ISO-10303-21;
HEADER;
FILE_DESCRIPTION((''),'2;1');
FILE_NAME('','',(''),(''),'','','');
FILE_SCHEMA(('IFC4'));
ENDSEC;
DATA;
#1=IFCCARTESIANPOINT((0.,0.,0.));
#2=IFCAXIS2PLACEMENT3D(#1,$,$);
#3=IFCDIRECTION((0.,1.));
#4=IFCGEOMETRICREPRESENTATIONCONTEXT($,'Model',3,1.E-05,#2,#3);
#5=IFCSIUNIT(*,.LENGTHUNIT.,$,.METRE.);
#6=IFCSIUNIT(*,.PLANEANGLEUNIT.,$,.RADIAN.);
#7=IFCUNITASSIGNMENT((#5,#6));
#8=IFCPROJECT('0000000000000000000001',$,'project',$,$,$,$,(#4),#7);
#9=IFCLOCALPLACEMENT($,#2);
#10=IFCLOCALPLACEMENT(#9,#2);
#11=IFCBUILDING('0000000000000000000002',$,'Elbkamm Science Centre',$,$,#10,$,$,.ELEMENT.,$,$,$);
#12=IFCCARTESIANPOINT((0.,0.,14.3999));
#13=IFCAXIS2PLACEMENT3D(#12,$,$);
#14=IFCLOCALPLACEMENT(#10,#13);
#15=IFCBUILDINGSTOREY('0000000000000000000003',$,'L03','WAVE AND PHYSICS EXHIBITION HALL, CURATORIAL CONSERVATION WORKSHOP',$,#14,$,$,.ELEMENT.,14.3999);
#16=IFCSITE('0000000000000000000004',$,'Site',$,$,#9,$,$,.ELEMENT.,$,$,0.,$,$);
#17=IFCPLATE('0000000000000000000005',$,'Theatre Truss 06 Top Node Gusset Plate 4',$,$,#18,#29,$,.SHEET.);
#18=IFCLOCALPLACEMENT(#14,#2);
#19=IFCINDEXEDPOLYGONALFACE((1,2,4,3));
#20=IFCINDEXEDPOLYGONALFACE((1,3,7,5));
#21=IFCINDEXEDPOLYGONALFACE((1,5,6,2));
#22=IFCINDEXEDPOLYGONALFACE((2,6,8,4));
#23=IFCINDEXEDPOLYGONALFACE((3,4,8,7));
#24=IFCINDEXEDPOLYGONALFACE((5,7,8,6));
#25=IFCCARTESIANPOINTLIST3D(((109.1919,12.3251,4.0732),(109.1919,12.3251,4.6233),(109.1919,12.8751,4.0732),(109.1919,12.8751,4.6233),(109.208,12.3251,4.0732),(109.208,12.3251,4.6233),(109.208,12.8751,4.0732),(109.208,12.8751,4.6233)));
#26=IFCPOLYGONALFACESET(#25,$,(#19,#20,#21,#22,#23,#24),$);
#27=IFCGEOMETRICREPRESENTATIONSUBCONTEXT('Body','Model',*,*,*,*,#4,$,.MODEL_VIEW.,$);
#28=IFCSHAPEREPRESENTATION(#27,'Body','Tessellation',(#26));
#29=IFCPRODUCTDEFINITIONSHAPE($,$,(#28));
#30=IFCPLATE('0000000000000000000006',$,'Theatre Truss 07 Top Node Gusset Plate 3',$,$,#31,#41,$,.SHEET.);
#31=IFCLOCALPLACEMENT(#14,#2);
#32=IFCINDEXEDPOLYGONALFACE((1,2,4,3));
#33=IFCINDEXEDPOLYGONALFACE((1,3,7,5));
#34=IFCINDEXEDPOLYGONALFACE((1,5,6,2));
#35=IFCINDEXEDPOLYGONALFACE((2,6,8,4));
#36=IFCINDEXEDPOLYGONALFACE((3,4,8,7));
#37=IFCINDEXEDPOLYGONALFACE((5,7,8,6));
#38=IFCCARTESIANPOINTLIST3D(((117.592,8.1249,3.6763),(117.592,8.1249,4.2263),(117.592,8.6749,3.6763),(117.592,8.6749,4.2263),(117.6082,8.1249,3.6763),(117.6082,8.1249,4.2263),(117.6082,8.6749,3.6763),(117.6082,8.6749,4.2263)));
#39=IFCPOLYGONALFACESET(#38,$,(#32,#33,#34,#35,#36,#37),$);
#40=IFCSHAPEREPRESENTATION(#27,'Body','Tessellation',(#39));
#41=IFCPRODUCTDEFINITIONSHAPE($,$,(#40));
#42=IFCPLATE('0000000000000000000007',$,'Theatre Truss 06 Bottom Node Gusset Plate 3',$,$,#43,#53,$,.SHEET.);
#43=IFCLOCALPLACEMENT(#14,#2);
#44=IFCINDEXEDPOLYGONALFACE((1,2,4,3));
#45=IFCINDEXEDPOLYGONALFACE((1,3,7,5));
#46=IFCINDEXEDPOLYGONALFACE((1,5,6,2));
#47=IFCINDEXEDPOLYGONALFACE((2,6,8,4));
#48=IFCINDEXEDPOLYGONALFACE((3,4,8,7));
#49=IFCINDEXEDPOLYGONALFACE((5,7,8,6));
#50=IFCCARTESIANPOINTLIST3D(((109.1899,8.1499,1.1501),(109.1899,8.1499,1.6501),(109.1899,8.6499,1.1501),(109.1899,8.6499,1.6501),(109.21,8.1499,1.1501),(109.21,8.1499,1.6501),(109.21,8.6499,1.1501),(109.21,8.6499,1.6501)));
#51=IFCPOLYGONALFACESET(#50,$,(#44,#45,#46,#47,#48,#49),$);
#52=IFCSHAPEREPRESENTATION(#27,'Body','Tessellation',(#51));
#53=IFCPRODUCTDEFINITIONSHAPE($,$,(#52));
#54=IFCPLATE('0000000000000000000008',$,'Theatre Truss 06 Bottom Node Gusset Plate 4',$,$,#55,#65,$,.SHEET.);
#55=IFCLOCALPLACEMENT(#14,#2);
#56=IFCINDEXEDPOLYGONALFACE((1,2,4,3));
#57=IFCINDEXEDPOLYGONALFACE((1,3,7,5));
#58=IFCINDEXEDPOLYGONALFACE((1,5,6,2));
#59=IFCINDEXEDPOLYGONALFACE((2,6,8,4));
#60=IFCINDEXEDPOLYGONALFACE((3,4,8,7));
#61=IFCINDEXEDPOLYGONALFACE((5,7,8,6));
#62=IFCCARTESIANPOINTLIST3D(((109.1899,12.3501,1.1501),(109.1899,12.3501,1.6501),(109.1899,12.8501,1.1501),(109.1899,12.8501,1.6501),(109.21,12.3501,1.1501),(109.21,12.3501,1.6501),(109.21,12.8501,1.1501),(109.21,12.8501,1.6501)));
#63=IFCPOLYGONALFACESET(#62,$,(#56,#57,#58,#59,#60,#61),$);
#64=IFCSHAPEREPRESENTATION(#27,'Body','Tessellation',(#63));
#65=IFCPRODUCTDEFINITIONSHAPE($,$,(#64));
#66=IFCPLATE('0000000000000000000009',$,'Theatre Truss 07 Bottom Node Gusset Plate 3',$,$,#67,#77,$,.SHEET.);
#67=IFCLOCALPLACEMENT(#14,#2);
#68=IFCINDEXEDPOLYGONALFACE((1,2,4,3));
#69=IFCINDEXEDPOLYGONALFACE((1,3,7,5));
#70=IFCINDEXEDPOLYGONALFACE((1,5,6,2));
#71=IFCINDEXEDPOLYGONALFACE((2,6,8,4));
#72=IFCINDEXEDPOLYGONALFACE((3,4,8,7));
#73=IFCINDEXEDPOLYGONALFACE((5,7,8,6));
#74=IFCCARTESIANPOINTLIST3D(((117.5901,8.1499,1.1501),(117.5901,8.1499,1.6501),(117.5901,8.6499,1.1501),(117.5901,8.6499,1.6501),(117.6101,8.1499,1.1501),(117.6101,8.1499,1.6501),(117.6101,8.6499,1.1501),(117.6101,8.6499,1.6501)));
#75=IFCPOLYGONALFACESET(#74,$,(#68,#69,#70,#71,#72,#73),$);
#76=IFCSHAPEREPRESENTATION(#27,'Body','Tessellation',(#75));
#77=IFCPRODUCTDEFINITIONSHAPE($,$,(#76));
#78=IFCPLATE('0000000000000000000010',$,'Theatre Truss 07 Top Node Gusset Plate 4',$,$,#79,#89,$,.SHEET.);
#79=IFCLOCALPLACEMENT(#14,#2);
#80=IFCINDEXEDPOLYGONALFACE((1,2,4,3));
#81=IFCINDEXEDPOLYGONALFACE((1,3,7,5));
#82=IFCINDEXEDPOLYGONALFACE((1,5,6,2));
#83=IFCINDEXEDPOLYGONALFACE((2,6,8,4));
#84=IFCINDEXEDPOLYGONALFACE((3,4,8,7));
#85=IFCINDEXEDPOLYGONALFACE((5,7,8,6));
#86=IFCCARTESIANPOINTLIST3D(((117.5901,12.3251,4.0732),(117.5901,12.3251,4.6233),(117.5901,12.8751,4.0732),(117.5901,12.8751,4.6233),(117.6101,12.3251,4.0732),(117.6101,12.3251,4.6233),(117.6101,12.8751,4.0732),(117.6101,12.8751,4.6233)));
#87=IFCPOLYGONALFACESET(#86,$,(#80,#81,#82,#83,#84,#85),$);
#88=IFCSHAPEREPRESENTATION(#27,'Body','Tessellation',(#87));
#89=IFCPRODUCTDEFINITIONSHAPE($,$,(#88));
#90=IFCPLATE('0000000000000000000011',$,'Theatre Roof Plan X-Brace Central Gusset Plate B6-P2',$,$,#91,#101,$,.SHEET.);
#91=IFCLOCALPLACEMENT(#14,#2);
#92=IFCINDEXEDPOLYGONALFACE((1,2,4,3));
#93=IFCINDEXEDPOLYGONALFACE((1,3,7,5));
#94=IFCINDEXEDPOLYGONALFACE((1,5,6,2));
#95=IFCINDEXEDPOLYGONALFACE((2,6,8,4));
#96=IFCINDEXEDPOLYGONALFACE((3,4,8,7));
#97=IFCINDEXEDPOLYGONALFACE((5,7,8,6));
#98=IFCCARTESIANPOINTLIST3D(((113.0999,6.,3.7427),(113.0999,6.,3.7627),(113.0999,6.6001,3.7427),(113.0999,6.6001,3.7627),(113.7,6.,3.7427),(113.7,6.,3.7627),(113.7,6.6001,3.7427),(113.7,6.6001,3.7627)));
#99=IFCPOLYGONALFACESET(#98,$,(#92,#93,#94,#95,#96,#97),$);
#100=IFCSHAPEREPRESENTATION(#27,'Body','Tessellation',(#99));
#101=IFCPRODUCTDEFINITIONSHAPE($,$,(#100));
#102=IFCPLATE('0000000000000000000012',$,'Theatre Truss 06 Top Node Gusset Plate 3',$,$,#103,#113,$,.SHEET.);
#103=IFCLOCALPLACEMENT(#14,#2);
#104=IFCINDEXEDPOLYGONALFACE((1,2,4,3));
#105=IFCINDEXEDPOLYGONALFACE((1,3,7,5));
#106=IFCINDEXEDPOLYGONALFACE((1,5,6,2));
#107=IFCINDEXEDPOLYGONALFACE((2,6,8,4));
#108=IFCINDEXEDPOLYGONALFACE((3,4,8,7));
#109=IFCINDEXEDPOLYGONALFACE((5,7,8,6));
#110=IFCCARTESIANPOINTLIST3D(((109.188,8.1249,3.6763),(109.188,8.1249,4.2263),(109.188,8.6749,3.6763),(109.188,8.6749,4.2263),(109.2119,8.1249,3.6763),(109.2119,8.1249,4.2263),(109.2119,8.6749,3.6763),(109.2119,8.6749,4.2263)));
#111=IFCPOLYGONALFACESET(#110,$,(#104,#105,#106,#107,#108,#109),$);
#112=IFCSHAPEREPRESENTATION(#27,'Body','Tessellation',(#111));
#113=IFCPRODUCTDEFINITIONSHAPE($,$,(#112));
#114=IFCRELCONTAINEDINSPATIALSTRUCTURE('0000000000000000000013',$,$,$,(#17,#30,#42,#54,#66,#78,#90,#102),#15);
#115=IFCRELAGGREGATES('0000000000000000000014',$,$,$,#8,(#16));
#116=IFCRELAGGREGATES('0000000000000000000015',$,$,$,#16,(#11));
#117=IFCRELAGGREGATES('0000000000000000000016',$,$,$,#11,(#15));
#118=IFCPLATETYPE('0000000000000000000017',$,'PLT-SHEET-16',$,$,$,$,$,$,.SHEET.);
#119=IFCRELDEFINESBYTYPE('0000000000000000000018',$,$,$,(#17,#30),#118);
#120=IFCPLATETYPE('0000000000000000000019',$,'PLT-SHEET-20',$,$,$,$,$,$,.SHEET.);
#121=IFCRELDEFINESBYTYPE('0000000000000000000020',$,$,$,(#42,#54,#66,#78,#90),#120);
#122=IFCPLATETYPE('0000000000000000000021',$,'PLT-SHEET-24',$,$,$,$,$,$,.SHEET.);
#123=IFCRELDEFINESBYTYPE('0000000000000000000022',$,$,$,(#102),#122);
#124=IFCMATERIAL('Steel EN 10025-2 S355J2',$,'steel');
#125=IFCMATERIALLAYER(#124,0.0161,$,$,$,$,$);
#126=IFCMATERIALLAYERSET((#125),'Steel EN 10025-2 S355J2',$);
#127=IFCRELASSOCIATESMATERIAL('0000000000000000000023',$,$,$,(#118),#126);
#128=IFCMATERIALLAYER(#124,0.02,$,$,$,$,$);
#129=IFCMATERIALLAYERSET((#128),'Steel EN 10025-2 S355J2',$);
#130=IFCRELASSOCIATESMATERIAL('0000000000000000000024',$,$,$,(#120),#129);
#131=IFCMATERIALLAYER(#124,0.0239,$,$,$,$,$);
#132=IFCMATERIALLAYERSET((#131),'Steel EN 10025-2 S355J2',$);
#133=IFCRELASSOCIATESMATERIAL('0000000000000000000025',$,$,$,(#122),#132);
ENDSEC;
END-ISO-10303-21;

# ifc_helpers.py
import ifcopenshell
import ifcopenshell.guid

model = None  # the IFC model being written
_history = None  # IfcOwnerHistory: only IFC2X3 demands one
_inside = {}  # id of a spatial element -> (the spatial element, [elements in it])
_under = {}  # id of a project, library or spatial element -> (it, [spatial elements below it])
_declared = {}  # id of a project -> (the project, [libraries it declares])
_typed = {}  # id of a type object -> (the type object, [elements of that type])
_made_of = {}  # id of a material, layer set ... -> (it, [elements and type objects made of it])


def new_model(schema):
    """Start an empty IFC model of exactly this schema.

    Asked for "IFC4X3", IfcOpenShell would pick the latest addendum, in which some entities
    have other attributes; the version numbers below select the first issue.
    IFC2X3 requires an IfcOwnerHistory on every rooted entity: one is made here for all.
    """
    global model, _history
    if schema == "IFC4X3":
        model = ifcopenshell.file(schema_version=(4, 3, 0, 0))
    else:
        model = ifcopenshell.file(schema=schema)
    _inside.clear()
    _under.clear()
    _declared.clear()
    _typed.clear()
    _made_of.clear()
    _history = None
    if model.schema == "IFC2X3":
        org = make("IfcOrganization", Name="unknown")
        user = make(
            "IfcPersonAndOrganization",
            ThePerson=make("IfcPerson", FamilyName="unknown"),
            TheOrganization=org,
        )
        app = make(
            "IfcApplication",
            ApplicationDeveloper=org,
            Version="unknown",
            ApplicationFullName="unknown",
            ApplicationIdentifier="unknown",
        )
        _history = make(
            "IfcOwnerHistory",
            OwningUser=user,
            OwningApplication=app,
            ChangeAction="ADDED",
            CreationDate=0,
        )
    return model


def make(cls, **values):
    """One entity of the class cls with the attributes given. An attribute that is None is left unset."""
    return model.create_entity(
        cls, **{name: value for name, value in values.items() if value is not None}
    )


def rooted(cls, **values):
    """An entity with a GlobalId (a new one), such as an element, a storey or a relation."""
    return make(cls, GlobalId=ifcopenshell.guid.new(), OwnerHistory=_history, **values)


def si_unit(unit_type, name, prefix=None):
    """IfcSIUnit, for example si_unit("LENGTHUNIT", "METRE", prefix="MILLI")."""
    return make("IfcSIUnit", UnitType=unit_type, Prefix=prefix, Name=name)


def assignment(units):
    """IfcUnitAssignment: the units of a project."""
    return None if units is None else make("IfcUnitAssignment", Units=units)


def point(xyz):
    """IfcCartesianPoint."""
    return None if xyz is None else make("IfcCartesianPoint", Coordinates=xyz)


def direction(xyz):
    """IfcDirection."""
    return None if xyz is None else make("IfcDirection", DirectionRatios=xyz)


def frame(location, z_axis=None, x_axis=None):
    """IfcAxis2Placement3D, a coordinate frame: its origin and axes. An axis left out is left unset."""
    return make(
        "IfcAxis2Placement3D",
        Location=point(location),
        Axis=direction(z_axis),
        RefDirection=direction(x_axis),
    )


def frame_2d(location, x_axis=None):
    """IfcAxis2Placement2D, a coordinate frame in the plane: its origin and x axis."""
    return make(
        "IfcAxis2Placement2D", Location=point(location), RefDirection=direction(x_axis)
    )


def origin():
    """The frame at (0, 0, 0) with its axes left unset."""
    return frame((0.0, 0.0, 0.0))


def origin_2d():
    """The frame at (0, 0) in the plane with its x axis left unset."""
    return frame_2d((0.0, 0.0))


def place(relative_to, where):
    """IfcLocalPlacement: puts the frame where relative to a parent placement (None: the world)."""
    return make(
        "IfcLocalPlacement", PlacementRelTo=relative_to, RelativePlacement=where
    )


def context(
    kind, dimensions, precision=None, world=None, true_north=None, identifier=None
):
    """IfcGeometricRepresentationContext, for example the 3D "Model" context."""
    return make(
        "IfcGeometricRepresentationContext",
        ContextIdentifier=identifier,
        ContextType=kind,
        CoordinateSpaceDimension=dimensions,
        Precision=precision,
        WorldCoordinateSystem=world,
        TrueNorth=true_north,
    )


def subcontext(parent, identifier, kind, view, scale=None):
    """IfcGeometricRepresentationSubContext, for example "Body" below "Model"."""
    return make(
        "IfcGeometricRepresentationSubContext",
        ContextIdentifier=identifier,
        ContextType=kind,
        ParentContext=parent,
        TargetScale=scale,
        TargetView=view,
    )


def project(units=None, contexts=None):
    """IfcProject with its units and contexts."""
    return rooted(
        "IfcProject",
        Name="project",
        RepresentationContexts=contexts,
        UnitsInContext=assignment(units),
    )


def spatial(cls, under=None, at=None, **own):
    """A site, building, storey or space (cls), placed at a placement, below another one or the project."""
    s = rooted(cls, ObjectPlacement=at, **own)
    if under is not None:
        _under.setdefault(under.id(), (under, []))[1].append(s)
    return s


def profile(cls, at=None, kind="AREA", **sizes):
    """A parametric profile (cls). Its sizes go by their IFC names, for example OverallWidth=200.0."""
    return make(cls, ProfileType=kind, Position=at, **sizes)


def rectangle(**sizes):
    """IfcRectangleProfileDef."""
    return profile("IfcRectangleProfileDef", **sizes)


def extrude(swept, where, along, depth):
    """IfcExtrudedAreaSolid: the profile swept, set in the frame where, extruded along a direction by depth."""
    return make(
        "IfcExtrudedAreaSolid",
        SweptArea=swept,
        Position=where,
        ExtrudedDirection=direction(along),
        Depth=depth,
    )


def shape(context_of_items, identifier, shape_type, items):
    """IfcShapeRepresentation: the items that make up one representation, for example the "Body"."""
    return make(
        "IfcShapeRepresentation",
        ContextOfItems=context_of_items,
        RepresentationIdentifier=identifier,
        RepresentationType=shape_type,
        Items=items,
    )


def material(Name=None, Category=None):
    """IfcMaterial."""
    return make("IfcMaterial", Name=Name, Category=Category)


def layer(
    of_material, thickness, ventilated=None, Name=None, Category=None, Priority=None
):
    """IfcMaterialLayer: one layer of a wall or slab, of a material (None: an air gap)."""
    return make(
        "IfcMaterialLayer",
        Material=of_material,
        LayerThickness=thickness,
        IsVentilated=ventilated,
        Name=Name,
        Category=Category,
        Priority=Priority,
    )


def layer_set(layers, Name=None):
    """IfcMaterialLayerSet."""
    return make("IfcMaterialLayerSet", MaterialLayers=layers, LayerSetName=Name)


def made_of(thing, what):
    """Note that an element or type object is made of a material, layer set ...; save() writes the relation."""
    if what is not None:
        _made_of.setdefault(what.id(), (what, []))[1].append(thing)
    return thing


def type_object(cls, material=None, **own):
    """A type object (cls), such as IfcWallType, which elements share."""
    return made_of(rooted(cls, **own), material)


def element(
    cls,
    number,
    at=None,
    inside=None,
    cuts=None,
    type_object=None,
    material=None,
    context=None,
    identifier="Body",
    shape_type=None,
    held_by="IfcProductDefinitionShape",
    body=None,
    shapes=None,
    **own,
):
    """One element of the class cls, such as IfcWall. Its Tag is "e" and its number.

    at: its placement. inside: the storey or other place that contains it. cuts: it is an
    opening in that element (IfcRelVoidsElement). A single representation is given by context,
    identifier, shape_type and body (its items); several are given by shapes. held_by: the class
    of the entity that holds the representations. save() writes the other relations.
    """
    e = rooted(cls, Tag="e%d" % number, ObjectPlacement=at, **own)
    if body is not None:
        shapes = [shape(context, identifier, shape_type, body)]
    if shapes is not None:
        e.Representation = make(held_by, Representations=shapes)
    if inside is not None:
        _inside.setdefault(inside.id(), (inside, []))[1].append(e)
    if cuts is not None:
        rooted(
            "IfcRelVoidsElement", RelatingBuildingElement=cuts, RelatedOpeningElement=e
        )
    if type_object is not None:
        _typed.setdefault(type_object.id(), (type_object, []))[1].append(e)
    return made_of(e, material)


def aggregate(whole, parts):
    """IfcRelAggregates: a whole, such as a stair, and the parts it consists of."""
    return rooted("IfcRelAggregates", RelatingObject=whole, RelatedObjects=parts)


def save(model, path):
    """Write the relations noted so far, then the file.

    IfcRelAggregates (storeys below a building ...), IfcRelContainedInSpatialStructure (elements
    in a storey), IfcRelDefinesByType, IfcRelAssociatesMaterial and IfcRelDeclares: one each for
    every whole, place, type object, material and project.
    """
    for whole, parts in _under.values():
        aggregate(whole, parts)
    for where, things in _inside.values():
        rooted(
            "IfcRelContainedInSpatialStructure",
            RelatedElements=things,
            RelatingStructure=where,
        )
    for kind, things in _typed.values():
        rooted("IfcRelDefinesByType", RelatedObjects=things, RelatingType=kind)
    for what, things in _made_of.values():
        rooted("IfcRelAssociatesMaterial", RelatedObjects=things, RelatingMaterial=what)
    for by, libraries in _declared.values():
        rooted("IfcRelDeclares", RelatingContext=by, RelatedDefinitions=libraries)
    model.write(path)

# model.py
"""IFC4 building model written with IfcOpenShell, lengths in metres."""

from ifc_helpers import new_model, si_unit, direction, frame, origin, origin_2d, place, context, subcontext, project, spatial, rectangle, extrude, material, layer, layer_set, type_object, element, save


model = new_model("IFC4")

# Units and contexts
model_context = context("Model", 3, precision=1e-05, world=origin(), true_north=direction((0.0, 1.0)))
body_context = subcontext(model_context, "Body", "Model", "MODEL_VIEW")
ifc_project = project(units=[si_unit("LENGTHUNIT", "METRE"), si_unit("PLANEANGLEUNIT", "RADIAN")], contexts=[model_context])

# Site, building, storey
site_placement = place(None, origin())
site = spatial("IfcSite", under=ifc_project, at=site_placement, Name="Site", CompositionType="ELEMENT", RefElevation=0.0)
building_placement = place(site_placement, origin())
building = spatial("IfcBuilding", under=site, at=building_placement, Name="Elbkamm Science Centre", CompositionType="ELEMENT")
storey_placement = place(building_placement, frame((0.0, 0.0, 14.3999)))
storey = spatial("IfcBuildingStorey", under=building, at=storey_placement, Name="L03", Description="WAVE AND PHYSICS EXHIBITION HALL, CURATORIAL CONSERVATION WORKSHOP", CompositionType="ELEMENT", Elevation=14.3999)

# Shared definitions
ifc_material = material(Name="Steel EN 10025-2 S355J2", Category="steel")

# Plates
ifc_layer_1 = layer(ifc_material, 0.0161)
ifc_layer_set_1 = layer_set([ifc_layer_1], Name="Steel EN 10025-2 S355J2")
plate_type_1 = type_object("IfcPlateType", Name="PLT-SHEET-16", PredefinedType="SHEET", material=ifc_layer_set_1)
for number, where, z_axis, x_axis, name in (
    (1, (109.2, 12.6001, 4.0732), (0.0, 0.0, 1.0), (1.0, 0.0, 0.0), "Theatre Truss 06 Top Node Gusset Plate 4"),
    (2, (117.6001, 8.3999, 3.6763), (0.0, 0.0, 1.0), (1.0, 0.0, 0.0), "Theatre Truss 07 Top Node Gusset Plate 3"),
):
    element("IfcPlate", number, at=place(storey_placement, frame(where, z_axis=z_axis, x_axis=x_axis)), inside=storey, type_object=plate_type_1, Name=name, PredefinedType="SHEET", context=body_context, shape_type="SweptSolid", body=[
        extrude(rectangle(XDim=0.0161, YDim=0.55, at=origin_2d()), origin(), (0.0, 0.0, 1.0), 0.55),
    ])
ifc_layer_2 = layer(ifc_material, 0.02)
ifc_layer_set_2 = layer_set([ifc_layer_2], Name="Steel EN 10025-2 S355J2")
plate_type_2 = type_object("IfcPlateType", Name="PLT-SHEET-20", PredefinedType="SHEET", material=ifc_layer_set_2)
for number, where, z_axis, x_axis, name in (
    (3, (109.2, 8.3999, 1.1501), (0.0, 0.0, 1.0), (1.0, 0.0, 0.0), "Theatre Truss 06 Bottom Node Gusset Plate 3"),
    (4, (109.2, 12.6001, 1.1501), (0.0, 0.0, 1.0), (1.0, 0.0, 0.0), "Theatre Truss 06 Bottom Node Gusset Plate 4"),
    (5, (117.6001, 8.3999, 1.1501), (0.0, 0.0, 1.0), (1.0, 0.0, 0.0), "Theatre Truss 07 Bottom Node Gusset Plate 3"),
):
    element("IfcPlate", number, at=place(storey_placement, frame(where, z_axis=z_axis, x_axis=x_axis)), inside=storey, type_object=plate_type_2, Name=name, PredefinedType="SHEET", context=body_context, shape_type="SweptSolid", body=[
        extrude(rectangle(XDim=0.02, YDim=0.5, at=origin_2d()), origin(), (0.0, 0.0, 1.0), 0.5),
    ])
plate_1_placement = place(storey_placement, frame((117.6001, 12.6001, 4.0732), z_axis=(0.0, 0.0, 1.0), x_axis=(1.0, 0.0, 0.0)))
element("IfcPlate", 6, at=plate_1_placement, inside=storey, type_object=plate_type_2, Name="Theatre Truss 07 Top Node Gusset Plate 4", PredefinedType="SHEET", context=body_context, shape_type="SweptSolid", body=[
    extrude(rectangle(XDim=0.02, YDim=0.55, at=origin_2d()), origin(), (0.0, 0.0, 1.0), 0.55),
])
plate_2_placement = place(storey_placement, frame((113.3999, 6.3, 3.7427), z_axis=(0.0, 0.0, 1.0), x_axis=(1.0, 0.0, 0.0)))
element("IfcPlate", 7, at=plate_2_placement, inside=storey, type_object=plate_type_2, Name="Theatre Roof Plan X-Brace Central Gusset Plate B6-P2", PredefinedType="SHEET", context=body_context, shape_type="SweptSolid", body=[
    extrude(rectangle(XDim=0.6001, YDim=0.6001, at=origin_2d()), origin(), (0.0, 0.0, 1.0), 0.02),
])
ifc_layer_3 = layer(ifc_material, 0.0239)
ifc_layer_set_3 = layer_set([ifc_layer_3], Name="Steel EN 10025-2 S355J2")
plate_type_3 = type_object("IfcPlateType", Name="PLT-SHEET-24", PredefinedType="SHEET", material=ifc_layer_set_3)
plate_3_placement = place(storey_placement, frame((109.2, 8.3999, 3.6763), z_axis=(0.0, 0.0, 1.0), x_axis=(1.0, 0.0, 0.0)))
element("IfcPlate", 8, at=plate_3_placement, inside=storey, type_object=plate_type_3, Name="Theatre Truss 06 Top Node Gusset Plate 3", PredefinedType="SHEET", context=body_context, shape_type="SweptSolid", body=[
    extrude(rectangle(XDim=0.0239, YDim=0.55, at=origin_2d()), origin(), (0.0, 0.0, 1.0), 0.55),
])

save(model, "model.ifc")
